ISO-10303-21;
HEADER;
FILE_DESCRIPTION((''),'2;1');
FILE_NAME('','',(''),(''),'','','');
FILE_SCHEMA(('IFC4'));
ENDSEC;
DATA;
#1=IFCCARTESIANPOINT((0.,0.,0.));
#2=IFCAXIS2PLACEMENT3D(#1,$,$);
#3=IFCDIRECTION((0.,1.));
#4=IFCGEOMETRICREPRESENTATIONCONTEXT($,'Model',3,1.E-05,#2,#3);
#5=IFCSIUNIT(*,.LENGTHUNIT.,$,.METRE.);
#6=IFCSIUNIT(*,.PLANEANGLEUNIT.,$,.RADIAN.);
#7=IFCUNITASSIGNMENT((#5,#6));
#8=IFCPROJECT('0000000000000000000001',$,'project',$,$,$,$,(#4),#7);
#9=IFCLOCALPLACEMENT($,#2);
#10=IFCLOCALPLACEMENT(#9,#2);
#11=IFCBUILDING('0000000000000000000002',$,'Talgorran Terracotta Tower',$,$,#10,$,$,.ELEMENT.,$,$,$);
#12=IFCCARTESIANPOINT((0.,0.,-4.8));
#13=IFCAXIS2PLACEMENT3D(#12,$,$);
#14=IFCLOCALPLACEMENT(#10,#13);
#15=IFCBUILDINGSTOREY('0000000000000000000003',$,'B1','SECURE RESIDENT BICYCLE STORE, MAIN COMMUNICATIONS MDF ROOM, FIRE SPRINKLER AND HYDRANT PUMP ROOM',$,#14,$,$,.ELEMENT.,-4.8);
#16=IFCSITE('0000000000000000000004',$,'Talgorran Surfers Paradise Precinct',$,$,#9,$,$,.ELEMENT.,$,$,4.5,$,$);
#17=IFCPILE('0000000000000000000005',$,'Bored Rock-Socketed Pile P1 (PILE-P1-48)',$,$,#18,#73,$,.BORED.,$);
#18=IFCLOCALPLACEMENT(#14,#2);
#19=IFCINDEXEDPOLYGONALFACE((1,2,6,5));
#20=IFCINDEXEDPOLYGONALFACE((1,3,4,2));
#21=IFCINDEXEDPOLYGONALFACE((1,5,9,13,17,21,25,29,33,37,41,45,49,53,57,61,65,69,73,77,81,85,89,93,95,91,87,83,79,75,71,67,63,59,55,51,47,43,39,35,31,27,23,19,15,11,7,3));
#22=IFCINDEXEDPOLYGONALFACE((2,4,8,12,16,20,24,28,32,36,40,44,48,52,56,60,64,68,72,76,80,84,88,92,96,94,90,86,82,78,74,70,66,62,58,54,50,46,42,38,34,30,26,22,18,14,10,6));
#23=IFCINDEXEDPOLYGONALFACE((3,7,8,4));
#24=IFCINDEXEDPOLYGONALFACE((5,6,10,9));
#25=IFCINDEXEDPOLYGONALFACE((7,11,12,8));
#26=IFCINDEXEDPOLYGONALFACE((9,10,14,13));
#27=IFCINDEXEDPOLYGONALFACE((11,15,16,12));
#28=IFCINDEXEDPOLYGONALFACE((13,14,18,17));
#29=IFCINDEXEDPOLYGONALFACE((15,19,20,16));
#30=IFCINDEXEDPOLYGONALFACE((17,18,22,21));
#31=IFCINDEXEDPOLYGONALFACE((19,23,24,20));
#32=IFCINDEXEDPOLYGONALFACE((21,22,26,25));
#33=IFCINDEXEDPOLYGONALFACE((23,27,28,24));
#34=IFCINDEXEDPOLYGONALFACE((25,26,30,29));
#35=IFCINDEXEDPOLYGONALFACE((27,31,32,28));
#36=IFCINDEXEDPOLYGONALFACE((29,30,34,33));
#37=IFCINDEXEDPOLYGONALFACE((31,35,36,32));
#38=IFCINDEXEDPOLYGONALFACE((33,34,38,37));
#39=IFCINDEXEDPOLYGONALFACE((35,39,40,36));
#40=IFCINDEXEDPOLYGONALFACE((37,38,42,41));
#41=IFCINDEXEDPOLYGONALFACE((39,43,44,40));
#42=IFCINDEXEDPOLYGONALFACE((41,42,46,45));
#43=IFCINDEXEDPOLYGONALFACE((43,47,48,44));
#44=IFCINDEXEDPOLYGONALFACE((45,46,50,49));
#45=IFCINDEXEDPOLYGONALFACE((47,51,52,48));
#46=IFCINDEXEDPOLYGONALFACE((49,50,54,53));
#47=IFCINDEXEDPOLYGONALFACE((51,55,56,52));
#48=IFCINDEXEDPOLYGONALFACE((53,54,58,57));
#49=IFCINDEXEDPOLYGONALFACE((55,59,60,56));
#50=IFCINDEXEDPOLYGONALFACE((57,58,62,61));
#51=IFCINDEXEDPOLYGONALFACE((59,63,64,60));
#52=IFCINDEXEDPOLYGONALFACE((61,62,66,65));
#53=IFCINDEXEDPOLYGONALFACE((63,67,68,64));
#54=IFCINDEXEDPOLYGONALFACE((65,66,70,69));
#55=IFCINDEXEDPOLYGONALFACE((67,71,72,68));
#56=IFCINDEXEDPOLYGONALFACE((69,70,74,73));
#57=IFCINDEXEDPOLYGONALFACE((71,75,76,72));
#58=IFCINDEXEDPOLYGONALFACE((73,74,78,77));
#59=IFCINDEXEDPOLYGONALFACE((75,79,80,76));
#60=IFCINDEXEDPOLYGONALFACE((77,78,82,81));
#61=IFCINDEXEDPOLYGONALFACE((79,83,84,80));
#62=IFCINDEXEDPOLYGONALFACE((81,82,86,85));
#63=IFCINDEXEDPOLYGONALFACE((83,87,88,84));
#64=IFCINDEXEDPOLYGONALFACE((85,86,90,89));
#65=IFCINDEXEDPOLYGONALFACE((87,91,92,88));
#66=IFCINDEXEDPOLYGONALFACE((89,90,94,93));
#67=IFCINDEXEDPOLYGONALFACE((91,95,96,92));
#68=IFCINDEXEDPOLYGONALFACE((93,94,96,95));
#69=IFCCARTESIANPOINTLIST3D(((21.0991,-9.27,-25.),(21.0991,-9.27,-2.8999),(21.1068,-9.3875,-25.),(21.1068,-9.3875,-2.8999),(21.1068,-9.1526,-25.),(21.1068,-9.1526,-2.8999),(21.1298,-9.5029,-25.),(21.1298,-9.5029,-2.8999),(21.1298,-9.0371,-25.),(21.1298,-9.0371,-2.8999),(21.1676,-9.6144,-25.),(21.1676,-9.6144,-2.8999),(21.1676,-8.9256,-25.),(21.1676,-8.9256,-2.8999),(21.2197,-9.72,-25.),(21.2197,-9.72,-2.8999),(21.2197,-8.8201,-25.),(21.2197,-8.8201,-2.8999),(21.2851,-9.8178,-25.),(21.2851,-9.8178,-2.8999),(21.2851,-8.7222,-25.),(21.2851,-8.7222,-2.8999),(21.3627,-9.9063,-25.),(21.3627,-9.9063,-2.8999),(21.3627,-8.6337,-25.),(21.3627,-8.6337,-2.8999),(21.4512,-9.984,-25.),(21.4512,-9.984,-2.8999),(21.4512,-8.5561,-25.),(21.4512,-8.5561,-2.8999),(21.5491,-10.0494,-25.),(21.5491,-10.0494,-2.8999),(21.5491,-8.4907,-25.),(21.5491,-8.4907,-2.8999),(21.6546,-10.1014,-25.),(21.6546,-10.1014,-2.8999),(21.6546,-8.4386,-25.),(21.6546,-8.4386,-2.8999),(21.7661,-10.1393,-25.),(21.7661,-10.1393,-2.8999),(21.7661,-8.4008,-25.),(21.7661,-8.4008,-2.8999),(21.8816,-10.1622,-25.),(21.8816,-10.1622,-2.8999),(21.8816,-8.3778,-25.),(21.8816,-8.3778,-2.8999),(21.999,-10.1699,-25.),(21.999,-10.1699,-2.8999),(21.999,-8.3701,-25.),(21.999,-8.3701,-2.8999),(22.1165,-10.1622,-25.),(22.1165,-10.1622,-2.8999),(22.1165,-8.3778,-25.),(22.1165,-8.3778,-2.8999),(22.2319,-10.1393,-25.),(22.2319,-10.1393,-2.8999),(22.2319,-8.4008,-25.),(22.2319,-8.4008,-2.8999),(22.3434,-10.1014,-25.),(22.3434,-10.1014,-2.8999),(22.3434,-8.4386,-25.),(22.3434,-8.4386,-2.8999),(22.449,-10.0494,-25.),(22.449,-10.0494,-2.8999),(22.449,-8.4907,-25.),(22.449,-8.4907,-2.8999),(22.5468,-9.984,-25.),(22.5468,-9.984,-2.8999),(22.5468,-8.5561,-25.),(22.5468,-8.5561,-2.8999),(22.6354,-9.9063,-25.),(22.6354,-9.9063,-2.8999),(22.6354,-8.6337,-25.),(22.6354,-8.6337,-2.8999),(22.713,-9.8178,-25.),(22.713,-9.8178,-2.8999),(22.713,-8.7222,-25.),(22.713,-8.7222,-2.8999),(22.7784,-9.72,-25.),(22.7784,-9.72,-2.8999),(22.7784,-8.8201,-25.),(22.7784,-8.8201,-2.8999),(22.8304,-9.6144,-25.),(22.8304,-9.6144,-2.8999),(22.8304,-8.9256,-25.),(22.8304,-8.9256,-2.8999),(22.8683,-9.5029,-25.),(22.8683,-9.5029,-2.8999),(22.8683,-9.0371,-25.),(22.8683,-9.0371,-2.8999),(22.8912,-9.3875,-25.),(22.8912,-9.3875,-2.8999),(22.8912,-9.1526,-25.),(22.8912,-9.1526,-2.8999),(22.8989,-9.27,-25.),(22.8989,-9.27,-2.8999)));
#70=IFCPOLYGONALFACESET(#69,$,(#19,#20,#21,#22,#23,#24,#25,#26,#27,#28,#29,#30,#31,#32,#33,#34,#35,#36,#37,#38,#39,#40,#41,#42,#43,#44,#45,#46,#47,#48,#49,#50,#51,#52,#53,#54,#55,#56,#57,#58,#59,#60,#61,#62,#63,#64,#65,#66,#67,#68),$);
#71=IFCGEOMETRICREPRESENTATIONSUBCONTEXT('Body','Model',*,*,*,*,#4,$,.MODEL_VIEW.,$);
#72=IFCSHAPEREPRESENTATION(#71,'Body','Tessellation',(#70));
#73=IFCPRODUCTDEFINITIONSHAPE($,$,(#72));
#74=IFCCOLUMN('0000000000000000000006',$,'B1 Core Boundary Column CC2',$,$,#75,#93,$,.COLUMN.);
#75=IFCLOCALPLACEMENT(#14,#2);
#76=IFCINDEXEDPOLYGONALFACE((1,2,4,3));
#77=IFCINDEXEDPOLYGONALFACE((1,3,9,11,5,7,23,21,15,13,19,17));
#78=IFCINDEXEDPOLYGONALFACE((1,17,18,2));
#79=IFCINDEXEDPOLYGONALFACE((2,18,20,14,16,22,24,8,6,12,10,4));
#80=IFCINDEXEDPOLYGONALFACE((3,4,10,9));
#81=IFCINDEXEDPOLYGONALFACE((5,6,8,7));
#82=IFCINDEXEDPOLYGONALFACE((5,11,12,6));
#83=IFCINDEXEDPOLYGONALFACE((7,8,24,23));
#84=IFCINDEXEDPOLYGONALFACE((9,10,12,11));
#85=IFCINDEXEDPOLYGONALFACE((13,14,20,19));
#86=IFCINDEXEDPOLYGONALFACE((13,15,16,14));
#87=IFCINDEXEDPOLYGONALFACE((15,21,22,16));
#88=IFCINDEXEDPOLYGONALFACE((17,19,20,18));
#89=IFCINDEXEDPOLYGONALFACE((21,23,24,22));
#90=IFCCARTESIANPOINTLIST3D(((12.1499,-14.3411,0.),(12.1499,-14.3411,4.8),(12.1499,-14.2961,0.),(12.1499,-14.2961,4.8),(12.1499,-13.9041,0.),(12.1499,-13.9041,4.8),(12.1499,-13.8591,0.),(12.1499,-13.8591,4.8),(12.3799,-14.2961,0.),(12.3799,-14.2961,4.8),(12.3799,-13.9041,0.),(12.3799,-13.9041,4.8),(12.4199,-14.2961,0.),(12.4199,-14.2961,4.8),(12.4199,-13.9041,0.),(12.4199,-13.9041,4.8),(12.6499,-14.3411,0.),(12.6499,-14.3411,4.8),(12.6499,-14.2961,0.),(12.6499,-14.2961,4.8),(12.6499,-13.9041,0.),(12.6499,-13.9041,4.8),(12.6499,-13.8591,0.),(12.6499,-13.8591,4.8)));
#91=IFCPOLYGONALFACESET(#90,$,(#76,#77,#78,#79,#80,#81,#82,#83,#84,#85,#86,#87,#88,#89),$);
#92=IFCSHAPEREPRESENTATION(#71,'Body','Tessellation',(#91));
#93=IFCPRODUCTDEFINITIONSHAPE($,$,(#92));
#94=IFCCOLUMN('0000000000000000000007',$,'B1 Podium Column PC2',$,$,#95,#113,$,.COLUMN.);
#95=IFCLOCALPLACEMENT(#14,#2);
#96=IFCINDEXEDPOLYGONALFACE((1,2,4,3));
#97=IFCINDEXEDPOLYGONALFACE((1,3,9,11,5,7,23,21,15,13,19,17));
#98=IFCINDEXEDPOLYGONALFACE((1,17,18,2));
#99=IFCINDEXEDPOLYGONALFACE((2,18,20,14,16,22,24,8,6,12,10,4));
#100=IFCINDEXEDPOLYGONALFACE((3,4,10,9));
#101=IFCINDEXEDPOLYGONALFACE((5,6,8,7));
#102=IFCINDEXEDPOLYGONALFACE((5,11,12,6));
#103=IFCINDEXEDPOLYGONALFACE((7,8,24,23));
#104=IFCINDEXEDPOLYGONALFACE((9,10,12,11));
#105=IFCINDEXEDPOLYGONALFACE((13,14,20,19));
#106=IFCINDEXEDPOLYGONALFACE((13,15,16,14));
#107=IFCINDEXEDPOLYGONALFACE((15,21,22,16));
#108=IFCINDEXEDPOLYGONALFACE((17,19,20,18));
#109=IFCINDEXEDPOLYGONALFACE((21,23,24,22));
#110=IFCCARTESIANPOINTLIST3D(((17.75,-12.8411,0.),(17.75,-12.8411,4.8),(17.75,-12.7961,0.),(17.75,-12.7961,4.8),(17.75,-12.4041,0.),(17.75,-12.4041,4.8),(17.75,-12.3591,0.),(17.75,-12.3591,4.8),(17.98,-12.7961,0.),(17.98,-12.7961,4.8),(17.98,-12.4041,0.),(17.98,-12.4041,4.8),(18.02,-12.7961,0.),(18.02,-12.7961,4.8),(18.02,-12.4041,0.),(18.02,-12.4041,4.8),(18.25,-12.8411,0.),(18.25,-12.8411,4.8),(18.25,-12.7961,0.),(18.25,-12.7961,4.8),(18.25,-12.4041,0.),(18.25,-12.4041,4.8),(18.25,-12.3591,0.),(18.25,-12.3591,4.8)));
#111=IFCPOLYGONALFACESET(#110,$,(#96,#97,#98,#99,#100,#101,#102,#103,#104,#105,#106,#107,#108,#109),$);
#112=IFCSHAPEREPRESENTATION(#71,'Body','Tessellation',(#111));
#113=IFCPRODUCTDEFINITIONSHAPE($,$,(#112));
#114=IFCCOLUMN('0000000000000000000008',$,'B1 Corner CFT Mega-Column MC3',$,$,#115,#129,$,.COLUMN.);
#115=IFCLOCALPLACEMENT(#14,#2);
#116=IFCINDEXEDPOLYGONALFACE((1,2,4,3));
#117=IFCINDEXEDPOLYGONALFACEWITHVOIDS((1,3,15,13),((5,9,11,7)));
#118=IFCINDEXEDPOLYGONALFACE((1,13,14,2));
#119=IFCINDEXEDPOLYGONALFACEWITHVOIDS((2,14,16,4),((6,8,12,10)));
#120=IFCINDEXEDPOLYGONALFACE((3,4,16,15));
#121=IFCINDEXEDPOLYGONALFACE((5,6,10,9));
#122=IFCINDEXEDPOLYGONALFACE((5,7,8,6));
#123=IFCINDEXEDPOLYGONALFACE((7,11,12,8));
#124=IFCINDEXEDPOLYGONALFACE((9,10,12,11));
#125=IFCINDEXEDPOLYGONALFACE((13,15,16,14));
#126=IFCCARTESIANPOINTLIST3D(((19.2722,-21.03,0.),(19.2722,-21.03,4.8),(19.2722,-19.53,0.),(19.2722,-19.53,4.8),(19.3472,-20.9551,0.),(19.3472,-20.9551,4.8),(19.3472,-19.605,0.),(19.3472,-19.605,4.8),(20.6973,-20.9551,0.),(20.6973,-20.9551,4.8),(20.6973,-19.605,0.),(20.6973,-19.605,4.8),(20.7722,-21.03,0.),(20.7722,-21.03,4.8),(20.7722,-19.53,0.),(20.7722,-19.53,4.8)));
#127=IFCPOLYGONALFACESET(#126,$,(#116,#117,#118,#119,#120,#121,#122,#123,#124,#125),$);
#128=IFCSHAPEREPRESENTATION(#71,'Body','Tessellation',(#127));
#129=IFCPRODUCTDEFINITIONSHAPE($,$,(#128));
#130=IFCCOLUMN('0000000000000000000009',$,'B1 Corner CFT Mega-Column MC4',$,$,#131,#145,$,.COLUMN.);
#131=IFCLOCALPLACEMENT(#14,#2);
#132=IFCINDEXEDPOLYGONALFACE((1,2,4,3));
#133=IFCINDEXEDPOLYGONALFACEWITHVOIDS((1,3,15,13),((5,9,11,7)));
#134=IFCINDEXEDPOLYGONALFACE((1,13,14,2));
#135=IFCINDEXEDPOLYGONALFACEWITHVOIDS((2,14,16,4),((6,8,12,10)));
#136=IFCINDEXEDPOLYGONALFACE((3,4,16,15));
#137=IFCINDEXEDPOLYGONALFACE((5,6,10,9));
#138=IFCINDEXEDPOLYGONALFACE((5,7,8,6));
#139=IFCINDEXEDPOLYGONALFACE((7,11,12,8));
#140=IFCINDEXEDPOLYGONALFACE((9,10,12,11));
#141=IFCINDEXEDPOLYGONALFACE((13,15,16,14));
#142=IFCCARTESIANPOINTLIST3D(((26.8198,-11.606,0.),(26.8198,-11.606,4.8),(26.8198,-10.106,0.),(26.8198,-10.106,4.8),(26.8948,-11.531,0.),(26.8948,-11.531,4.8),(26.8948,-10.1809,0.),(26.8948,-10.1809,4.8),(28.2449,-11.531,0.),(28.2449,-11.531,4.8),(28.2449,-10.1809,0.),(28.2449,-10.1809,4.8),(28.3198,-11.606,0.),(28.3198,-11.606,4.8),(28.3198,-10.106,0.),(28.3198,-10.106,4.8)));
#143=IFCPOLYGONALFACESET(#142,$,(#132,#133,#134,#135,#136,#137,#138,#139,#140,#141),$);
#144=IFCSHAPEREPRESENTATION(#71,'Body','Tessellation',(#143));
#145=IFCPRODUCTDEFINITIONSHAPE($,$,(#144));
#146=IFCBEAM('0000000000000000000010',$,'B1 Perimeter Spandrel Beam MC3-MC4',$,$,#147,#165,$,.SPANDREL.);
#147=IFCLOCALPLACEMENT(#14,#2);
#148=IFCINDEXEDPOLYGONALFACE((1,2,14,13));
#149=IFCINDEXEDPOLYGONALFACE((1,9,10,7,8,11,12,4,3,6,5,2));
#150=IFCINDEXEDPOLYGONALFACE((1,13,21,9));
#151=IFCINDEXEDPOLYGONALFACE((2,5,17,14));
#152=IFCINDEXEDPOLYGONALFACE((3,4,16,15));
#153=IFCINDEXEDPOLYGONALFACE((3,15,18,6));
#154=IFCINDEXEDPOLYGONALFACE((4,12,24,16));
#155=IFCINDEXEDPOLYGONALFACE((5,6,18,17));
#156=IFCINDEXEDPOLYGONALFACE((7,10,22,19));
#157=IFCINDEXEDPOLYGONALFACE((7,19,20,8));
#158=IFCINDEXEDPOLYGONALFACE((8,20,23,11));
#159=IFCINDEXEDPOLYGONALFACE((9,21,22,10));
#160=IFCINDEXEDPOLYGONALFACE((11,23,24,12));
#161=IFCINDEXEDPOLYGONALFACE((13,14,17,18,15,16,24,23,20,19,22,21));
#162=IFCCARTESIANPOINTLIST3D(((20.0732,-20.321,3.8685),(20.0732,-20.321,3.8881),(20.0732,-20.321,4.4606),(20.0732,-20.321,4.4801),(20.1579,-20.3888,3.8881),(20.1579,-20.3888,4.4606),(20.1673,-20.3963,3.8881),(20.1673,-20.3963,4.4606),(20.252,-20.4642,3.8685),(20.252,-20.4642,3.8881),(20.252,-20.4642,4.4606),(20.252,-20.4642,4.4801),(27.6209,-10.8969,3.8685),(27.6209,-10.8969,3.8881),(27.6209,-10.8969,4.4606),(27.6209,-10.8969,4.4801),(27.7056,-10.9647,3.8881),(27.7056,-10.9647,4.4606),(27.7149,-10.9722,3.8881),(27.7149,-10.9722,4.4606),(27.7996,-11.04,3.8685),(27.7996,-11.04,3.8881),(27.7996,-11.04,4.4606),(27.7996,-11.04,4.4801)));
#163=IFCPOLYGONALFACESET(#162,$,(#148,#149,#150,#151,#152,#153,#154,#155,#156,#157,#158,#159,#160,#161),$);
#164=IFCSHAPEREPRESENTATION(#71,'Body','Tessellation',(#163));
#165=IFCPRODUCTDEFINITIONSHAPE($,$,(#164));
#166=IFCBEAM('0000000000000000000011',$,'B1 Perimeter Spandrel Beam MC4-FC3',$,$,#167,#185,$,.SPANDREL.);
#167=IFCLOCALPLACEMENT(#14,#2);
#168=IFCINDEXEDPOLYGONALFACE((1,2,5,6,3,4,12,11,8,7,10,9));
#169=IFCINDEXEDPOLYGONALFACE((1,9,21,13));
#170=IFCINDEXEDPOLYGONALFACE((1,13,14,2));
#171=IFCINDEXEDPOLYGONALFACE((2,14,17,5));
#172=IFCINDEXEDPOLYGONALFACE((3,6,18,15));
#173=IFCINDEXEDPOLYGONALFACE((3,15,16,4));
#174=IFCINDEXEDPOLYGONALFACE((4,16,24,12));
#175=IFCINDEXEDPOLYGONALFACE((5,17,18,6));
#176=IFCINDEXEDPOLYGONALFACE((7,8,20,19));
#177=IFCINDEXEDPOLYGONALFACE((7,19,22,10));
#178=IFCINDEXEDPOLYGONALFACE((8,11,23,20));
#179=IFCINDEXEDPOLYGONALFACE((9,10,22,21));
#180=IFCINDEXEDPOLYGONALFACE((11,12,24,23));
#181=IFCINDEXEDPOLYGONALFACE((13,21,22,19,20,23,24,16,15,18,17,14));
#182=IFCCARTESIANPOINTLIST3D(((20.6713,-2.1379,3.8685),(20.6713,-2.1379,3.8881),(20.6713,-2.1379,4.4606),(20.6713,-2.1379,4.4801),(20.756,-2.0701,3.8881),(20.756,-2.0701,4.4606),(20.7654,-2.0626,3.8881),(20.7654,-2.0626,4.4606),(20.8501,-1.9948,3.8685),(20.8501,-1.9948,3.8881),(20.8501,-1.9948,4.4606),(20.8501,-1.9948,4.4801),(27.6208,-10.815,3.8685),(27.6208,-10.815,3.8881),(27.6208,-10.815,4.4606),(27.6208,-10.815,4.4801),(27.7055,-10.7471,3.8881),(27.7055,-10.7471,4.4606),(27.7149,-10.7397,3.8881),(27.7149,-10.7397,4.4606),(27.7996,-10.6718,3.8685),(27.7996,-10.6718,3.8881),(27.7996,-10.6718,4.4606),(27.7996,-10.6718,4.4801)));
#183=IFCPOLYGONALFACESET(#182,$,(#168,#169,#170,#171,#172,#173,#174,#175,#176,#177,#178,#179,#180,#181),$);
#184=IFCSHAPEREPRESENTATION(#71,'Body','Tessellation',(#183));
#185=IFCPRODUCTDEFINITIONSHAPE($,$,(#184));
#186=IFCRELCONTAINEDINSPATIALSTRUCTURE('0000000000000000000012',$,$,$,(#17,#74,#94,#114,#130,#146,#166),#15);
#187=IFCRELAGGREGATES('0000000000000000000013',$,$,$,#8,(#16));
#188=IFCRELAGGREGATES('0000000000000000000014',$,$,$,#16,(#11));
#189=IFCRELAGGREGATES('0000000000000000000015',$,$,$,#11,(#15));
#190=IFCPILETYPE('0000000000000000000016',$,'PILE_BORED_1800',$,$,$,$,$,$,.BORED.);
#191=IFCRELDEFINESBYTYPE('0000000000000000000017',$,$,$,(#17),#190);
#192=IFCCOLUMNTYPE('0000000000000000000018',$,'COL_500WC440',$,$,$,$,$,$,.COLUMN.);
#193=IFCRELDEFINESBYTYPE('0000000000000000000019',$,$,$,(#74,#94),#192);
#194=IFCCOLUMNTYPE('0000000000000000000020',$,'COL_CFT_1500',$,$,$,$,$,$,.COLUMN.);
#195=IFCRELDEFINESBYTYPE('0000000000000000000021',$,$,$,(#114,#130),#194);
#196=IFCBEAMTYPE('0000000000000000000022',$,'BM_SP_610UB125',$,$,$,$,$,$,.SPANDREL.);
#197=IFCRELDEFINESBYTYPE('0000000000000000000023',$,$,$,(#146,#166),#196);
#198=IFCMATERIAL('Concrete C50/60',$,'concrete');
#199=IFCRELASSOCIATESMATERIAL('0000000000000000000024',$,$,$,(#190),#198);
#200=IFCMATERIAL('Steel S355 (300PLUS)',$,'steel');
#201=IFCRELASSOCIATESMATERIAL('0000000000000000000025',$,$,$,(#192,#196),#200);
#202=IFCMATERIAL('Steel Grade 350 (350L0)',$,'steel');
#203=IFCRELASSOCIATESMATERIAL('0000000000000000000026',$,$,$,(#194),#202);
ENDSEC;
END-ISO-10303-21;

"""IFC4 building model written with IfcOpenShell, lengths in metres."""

from ifc_helpers import new_model, si_unit, direction, frame, origin, origin_2d, place, context, subcontext, project, spatial, hollow_rectangle, circle, i_section, extrude, material, material_profile, profile_set, type_object, element, save


model = new_model("IFC4")

# Units and contexts
model_context = context("Model", 3, precision=1e-05, world=origin(), true_north=direction((0.0, 1.0)))
body_context = subcontext(model_context, "Body", "Model", "MODEL_VIEW")
ifc_project = project(units=[si_unit("LENGTHUNIT", "METRE"), si_unit("PLANEANGLEUNIT", "RADIAN")], contexts=[model_context])

# Site, building, storey
site_placement = place(None, origin())
site = spatial("IfcSite", under=ifc_project, at=site_placement, Name="Talgorran Surfers Paradise Precinct", CompositionType="ELEMENT", RefElevation=4.5)
building_placement = place(site_placement, origin())
building = spatial("IfcBuilding", under=site, at=building_placement, Name="Talgorran Terracotta Tower", CompositionType="ELEMENT")
storey_placement = place(building_placement, frame((0.0, 0.0, -4.8)))
storey = spatial("IfcBuildingStorey", under=building, at=storey_placement, Name="B1", Description="SECURE RESIDENT BICYCLE STORE, MAIN COMMUNICATIONS MDF ROOM, FIRE SPRINKLER AND HYDRANT PUMP ROOM", CompositionType="ELEMENT", Elevation=-4.8)

# Shared definitions
ifc_material_1 = material(Name="Concrete C50/60", Category="concrete")

# Pile
ifc_material_profile_1 = material_profile(ifc_material_1, circle(Radius=0.8999, at=origin_2d()), Name="PILE1800")
ifc_profile_set_1 = profile_set([ifc_material_profile_1], Name="Concrete C50/60")
pile_type = type_object("IfcPileType", Name="PILE_BORED_1800", PredefinedType="BORED", material=ifc_profile_set_1)
for number, where, z_axis, x_axis, name in (
    (1, (21.999, -9.27, -2.8999), (0.0, 0.0, -1.0), (1.0, 0.0, 0.0), "Bored Rock-Socketed Pile P1 (PILE-P1-48)"),
):
    element("IfcPile", number, at=place(storey_placement, frame(where, z_axis=z_axis, x_axis=x_axis)), inside=storey, type_object=pile_type, Name=name, PredefinedType="BORED", context=body_context, shape_type="SweptSolid", body=[
        extrude(circle(Radius=0.8999, at=origin_2d()), origin(), (0.0, 0.0, 1.0), 22.1001),
    ])

# Columns
ifc_material_2 = material(Name="Steel S355 (300PLUS)", Category="steel")
ifc_material_profile_2 = material_profile(ifc_material_2, i_section(OverallWidth=0.5, OverallDepth=0.4819, WebThickness=0.04, FlangeThickness=0.0449, at=origin_2d()), Name="500WC440")
ifc_profile_set_2 = profile_set([ifc_material_profile_2], Name="Steel S355 (300PLUS)")
column_type_1 = type_object("IfcColumnType", Name="COL_500WC440", PredefinedType="COLUMN", material=ifc_profile_set_2)
for number, where, z_axis, x_axis, name in (
    (2, (12.3999, -14.1001, 0.0), (0.0, 0.0, 1.0), (1.0, 0.0, 0.0), "B1 Core Boundary Column CC2"),
    (3, (18.0, -12.6001, 0.0), (0.0, 0.0, 1.0), (1.0, 0.0, 0.0), "B1 Podium Column PC2"),
):
    element("IfcColumn", number, at=place(storey_placement, frame(where, z_axis=z_axis, x_axis=x_axis)), inside=storey, type_object=column_type_1, Name=name, PredefinedType="COLUMN", context=body_context, shape_type="SweptSolid", body=[
        extrude(i_section(OverallWidth=0.5, OverallDepth=0.4819, WebThickness=0.04, FlangeThickness=0.0449, at=origin_2d()), origin(), (0.0, 0.0, 1.0), 4.8),
    ])
ifc_material_3 = material(Name="Steel Grade 350 (350L0)", Category="steel")
ifc_material_profile_3 = material_profile(ifc_material_3, hollow_rectangle(XDim=1.5, YDim=1.5, WallThickness=0.075, at=origin_2d()), Name="CFT1500X1500X75")
ifc_profile_set_3 = profile_set([ifc_material_profile_3], Name="Steel Grade 350 (350L0)")
column_type_2 = type_object("IfcColumnType", Name="COL_CFT_1500", PredefinedType="COLUMN", material=ifc_profile_set_3)
for number, where, z_axis, x_axis, name in (
    (4, (20.0222, -20.28, 0.0), (0.0, 0.0, 1.0), (1.0, 0.0, 0.0), "B1 Corner CFT Mega-Column MC3"),
    (5, (27.5698, -10.856, 0.0), (0.0, 0.0, 1.0), (1.0, 0.0, 0.0), "B1 Corner CFT Mega-Column MC4"),
):
    element("IfcColumn", number, at=place(storey_placement, frame(where, z_axis=z_axis, x_axis=x_axis)), inside=storey, type_object=column_type_2, Name=name, PredefinedType="COLUMN", context=body_context, shape_type="SweptSolid", body=[
        extrude(hollow_rectangle(XDim=1.5, YDim=1.5, WallThickness=0.075, at=origin_2d()), origin(), (0.0, 0.0, 1.0), 4.8),
    ])

# Beams
ifc_material_profile_4 = material_profile(ifc_material_2, i_section(OverallWidth=0.229, OverallDepth=0.6116, WebThickness=0.012, FlangeThickness=0.0195, at=origin_2d()), Name="610UB125")
ifc_profile_set_4 = profile_set([ifc_material_profile_4], Name="Steel S355 (300PLUS)")
beam_type = type_object("IfcBeamType", Name="BM_SP_610UB125", PredefinedType="SPANDREL", material=ifc_profile_set_4)
beam_1_placement = place(storey_placement, frame((20.1626, -20.3926, 4.1743), z_axis=(0.625117, 0.780531, 0.0), x_axis=(-0.780531, 0.625117, 0.0)))
element("IfcBeam", 6, at=beam_1_placement, inside=storey, type_object=beam_type, Name="B1 Perimeter Spandrel Beam MC3-MC4", PredefinedType="SPANDREL", context=body_context, shape_type="SweptSolid", body=[
    extrude(i_section(OverallWidth=0.229, OverallDepth=0.6116, WebThickness=0.012, FlangeThickness=0.0195, at=origin_2d()), origin(), (0.0, 0.0, 1.0), 12.074),
])
beam_2_placement = place(storey_placement, frame((27.7102, -10.7434, 4.1743), z_axis=(-0.625126, 0.780524, 0.0), x_axis=(-0.780524, -0.625126, 0.0)))
element("IfcBeam", 7, at=beam_2_placement, inside=storey, type_object=beam_type, Name="B1 Perimeter Spandrel Beam MC4-FC3", PredefinedType="SPANDREL", context=body_context, shape_type="SweptSolid", body=[
    extrude(i_section(OverallWidth=0.229, OverallDepth=0.6116, WebThickness=0.012, FlangeThickness=0.0195, at=origin_2d()), origin(), (0.0, 0.0, 1.0), 11.1169),
])

save(model, "model.ifc")
